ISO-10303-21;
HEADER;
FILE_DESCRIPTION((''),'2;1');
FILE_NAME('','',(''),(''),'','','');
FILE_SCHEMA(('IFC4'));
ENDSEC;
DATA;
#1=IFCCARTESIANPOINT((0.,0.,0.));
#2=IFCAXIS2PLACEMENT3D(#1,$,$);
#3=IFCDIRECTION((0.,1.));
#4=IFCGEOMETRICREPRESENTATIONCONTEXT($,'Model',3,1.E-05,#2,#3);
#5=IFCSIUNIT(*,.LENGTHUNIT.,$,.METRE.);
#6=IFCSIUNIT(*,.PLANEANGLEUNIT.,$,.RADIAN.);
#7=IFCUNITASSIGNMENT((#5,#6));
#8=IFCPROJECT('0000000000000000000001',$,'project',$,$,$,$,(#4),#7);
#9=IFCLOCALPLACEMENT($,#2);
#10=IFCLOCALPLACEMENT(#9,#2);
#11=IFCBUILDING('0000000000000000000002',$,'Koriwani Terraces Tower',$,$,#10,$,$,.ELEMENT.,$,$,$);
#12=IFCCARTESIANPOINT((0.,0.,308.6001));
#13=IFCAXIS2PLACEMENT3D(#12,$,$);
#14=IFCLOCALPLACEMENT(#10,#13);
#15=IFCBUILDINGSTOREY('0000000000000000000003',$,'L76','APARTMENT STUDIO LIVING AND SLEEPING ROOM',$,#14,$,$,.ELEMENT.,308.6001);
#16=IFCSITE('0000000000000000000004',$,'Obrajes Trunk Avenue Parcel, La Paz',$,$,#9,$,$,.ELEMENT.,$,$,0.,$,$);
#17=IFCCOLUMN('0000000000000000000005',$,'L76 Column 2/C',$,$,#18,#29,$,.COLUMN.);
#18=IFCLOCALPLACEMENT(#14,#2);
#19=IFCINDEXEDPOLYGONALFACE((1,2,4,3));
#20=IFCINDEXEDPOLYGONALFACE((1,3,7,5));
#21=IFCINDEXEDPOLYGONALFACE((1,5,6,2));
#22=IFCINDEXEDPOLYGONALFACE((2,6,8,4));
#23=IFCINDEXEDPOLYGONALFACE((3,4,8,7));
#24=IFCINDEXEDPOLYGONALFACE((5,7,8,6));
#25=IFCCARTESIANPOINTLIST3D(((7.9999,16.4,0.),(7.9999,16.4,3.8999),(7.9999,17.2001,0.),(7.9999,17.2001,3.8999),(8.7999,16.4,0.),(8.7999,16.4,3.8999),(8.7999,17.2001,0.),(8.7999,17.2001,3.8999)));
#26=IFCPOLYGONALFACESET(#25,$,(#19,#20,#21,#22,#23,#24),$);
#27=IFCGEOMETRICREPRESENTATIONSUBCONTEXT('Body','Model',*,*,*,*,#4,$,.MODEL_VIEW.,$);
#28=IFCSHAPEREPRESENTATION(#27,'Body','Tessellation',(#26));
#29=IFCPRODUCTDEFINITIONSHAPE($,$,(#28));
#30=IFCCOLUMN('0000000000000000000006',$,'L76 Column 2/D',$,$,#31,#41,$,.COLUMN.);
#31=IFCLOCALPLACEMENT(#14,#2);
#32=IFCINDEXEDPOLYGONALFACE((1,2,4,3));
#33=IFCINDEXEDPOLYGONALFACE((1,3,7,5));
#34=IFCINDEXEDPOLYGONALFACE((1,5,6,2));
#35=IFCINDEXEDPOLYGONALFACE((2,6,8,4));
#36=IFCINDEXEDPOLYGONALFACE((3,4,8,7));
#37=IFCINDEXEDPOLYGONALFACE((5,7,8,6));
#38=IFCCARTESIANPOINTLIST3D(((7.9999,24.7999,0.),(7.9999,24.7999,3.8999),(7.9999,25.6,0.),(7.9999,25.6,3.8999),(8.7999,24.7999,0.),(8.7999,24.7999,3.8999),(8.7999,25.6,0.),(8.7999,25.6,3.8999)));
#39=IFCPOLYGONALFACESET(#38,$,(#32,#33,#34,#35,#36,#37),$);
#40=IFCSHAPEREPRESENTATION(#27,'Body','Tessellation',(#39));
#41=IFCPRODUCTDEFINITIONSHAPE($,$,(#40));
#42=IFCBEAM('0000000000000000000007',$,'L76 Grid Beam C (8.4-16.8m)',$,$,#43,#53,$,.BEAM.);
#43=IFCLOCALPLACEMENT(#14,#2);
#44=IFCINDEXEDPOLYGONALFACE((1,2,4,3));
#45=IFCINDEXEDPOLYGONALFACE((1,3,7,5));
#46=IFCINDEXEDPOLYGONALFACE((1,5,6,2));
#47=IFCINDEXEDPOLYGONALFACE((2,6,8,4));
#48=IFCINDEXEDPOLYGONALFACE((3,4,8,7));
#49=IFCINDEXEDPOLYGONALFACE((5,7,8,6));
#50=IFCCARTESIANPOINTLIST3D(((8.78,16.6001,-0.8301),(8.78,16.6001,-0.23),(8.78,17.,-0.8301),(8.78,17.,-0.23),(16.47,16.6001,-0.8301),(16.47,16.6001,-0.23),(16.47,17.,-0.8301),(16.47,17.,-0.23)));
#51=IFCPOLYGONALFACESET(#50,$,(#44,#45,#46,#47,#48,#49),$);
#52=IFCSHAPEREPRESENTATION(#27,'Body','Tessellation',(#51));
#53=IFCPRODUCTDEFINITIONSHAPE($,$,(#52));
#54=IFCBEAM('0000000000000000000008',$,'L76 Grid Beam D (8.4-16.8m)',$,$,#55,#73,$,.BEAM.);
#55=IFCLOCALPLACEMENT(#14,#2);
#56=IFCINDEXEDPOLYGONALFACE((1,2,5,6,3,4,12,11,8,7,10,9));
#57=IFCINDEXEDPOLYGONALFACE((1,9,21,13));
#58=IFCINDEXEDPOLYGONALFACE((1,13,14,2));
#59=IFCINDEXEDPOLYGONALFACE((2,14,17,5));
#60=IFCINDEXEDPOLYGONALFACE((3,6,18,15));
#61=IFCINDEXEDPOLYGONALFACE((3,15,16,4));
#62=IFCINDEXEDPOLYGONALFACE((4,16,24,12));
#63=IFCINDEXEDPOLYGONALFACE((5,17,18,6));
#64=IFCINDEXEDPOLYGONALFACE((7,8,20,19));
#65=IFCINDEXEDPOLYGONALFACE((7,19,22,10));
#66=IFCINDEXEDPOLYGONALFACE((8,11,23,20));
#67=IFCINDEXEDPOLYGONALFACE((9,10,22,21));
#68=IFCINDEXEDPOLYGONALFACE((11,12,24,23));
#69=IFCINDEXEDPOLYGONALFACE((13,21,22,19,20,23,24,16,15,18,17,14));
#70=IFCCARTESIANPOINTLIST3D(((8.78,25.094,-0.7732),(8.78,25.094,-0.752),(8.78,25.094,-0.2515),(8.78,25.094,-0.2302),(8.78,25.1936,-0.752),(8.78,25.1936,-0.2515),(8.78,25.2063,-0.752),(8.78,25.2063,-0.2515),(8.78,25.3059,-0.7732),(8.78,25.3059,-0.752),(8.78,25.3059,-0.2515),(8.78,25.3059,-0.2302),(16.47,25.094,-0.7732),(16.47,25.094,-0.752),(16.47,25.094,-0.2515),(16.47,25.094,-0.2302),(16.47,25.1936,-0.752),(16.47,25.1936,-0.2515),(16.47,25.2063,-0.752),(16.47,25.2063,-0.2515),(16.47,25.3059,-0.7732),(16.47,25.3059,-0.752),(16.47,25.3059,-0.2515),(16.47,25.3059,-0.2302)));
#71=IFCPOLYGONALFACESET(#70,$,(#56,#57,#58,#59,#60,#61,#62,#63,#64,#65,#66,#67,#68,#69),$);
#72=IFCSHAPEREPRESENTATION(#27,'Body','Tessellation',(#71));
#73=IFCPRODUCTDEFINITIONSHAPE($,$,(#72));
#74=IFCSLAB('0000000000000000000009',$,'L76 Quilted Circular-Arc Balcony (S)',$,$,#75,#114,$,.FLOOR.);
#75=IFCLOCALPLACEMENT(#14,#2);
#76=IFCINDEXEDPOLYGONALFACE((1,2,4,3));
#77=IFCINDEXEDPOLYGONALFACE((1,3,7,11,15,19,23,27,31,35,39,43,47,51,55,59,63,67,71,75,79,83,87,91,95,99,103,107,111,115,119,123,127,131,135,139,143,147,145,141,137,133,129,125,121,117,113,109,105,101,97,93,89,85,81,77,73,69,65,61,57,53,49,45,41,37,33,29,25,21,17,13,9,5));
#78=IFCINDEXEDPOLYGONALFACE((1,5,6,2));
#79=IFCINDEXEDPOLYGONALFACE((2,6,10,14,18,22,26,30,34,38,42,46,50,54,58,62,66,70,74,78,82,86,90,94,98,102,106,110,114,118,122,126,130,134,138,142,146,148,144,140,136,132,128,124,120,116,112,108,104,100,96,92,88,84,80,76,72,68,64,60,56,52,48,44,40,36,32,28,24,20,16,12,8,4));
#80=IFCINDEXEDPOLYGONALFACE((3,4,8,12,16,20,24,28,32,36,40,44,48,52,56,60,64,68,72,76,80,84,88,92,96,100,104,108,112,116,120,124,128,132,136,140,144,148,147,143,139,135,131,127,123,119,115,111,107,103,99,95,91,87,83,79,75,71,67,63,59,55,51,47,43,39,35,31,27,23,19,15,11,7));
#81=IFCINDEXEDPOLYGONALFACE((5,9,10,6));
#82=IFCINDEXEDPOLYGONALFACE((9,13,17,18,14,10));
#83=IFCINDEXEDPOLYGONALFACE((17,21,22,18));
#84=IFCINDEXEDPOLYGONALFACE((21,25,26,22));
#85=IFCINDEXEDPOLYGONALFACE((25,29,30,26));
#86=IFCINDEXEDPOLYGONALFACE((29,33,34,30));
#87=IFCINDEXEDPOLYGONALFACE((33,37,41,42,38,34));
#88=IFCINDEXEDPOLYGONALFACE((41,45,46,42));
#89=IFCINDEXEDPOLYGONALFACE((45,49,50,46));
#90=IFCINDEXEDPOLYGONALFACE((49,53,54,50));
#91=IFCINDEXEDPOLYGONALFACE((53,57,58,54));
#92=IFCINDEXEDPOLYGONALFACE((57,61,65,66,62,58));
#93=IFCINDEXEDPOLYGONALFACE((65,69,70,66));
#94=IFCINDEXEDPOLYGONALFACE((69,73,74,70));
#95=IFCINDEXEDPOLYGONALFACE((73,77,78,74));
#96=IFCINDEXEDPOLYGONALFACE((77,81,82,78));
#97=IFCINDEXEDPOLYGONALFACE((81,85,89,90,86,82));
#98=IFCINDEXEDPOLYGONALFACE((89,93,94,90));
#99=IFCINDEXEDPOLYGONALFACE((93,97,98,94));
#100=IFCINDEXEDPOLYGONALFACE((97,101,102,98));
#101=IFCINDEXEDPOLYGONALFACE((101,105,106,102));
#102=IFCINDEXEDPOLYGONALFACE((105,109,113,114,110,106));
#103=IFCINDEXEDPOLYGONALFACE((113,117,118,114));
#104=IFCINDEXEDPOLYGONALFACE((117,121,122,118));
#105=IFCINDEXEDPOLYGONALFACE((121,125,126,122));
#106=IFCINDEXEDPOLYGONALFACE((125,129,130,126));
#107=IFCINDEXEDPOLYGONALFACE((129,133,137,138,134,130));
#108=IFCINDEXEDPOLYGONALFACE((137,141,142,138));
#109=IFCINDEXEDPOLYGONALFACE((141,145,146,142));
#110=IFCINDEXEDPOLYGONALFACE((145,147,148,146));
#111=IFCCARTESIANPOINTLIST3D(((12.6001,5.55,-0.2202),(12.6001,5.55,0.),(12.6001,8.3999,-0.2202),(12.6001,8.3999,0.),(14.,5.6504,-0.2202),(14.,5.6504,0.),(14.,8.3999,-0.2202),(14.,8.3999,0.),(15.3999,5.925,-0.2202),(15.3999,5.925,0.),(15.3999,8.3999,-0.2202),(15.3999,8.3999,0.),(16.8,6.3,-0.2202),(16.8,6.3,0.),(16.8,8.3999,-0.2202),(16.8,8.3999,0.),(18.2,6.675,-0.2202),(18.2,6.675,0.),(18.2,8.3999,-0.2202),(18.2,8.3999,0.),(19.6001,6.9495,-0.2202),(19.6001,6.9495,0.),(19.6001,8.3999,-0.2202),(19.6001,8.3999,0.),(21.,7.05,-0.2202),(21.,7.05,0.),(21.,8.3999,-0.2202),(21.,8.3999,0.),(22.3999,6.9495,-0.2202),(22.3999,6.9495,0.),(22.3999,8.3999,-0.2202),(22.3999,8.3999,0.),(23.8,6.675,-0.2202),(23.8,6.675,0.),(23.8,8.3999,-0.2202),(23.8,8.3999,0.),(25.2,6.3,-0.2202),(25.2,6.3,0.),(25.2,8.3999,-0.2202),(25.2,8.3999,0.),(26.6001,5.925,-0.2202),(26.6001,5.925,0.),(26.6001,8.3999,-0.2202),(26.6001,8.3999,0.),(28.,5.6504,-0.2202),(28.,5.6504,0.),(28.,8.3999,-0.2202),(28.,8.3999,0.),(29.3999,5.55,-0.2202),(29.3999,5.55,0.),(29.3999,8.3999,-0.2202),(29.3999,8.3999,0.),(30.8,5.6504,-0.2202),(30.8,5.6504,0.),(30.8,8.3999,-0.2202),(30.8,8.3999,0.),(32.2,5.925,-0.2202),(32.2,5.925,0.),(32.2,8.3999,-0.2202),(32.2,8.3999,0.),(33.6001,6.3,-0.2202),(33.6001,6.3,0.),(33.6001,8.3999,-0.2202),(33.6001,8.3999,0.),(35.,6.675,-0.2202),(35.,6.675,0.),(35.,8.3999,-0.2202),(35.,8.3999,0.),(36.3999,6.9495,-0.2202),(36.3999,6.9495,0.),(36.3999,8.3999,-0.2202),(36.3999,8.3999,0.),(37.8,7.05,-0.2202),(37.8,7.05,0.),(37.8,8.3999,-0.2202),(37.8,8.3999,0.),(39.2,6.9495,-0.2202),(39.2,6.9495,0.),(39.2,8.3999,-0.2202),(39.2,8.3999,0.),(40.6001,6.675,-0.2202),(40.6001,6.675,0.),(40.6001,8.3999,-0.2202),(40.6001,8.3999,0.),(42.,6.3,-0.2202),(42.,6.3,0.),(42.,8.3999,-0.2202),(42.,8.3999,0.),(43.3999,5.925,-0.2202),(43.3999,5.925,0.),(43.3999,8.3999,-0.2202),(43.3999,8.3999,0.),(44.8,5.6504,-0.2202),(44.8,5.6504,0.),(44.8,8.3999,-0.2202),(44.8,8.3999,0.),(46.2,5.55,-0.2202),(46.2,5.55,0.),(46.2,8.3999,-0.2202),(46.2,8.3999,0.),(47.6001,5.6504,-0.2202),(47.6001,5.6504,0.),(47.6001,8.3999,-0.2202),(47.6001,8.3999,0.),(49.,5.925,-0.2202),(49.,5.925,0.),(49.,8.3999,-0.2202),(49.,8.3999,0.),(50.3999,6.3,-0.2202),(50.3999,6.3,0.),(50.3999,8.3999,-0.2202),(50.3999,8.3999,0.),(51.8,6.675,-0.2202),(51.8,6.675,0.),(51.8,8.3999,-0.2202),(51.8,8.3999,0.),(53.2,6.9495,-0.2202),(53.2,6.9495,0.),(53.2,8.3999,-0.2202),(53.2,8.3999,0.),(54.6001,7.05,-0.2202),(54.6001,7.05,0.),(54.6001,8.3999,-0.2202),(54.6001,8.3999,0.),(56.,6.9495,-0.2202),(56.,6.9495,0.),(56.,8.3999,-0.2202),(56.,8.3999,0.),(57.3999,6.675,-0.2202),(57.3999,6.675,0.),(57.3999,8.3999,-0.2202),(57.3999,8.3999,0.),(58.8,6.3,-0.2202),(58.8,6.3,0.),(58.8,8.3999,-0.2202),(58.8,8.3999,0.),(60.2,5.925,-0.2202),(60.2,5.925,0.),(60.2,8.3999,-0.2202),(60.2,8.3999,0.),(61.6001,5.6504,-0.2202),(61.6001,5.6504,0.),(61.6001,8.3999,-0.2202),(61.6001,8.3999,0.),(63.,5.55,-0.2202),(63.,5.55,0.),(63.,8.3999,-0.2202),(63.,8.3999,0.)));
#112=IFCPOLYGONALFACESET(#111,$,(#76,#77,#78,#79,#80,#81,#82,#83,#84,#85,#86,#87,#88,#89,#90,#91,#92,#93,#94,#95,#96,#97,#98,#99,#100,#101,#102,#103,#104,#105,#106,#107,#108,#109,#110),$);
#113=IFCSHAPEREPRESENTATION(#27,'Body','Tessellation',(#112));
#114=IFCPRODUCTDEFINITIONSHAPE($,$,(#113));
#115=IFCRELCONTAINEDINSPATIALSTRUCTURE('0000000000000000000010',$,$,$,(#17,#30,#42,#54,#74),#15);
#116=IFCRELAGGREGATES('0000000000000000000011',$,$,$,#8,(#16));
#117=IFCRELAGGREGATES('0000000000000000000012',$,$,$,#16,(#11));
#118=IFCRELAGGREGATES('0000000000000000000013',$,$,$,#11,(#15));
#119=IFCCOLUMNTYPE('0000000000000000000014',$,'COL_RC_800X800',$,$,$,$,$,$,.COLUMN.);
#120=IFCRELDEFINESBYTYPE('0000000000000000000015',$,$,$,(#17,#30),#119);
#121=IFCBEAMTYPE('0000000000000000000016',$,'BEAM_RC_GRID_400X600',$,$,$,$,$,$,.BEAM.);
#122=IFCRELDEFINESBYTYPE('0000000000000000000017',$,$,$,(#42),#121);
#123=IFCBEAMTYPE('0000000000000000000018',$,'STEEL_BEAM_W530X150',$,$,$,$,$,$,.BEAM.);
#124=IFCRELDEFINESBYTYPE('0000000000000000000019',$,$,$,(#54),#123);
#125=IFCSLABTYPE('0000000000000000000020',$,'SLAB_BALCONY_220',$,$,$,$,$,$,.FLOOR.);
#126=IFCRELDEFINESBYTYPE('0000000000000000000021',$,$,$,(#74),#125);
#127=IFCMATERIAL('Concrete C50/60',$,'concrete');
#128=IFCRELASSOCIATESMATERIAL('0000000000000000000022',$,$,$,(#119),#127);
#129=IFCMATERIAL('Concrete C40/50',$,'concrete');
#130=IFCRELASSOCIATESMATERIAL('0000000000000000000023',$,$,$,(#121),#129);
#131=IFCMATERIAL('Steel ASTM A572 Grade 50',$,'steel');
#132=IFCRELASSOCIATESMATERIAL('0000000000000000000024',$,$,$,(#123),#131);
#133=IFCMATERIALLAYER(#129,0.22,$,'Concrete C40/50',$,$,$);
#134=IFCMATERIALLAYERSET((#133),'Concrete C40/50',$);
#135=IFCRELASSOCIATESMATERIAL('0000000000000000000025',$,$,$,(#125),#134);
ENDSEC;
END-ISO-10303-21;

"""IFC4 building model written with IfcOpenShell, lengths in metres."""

from ifc_helpers import new_model, si_unit, direction, frame, origin, origin_2d, place, context, subcontext, project, spatial, polyline, rectangle, i_section, outline, extrude, material, layer, layer_set, material_profile, profile_set, type_object, element, save


model = new_model("IFC4")

# Units and contexts
model_context = context("Model", 3, precision=1e-05, world=origin(), true_north=direction((0.0, 1.0)))
body_context = subcontext(model_context, "Body", "Model", "MODEL_VIEW")
ifc_project = project(units=[si_unit("LENGTHUNIT", "METRE"), si_unit("PLANEANGLEUNIT", "RADIAN")], contexts=[model_context])

# Site, building, storey
site_placement = place(None, origin())
site = spatial("IfcSite", under=ifc_project, at=site_placement, Name="Obrajes Trunk Avenue Parcel, La Paz", CompositionType="ELEMENT", RefElevation=0.0)
building_placement = place(site_placement, origin())
building = spatial("IfcBuilding", under=site, at=building_placement, Name="Koriwani Terraces Tower", CompositionType="ELEMENT")
storey_placement = place(building_placement, frame((0.0, 0.0, 308.6001)))
storey = spatial("IfcBuildingStorey", under=building, at=storey_placement, Name="L76", Description="APARTMENT STUDIO LIVING AND SLEEPING ROOM", CompositionType="ELEMENT", Elevation=308.6001)

# Columns
ifc_material_1 = material(Name="Concrete C50/60", Category="concrete")
ifc_material_profile_1 = material_profile(ifc_material_1, rectangle(XDim=0.8, YDim=0.8, at=origin_2d()), Name="Concrete C50/60", Category="LoadBearing")
ifc_profile_set_1 = profile_set([ifc_material_profile_1], Name="Concrete C50/60")
column_type = type_object("IfcColumnType", Name="COL_RC_800X800", PredefinedType="COLUMN", material=ifc_profile_set_1)
for number, where, z_axis, x_axis, name in (
    (1, (8.3999, 16.8, 0.0), (0.0, 0.0, 1.0), (1.0, 0.0, 0.0), "L76 Column 2/C"),
    (2, (8.3999, 25.2, 0.0), (0.0, 0.0, 1.0), (1.0, 0.0, 0.0), "L76 Column 2/D"),
):
    element("IfcColumn", number, at=place(storey_placement, frame(where, z_axis=z_axis, x_axis=x_axis)), inside=storey, type_object=column_type, Name=name, PredefinedType="COLUMN", context=body_context, shape_type="SweptSolid", body=[
        extrude(rectangle(XDim=0.8, YDim=0.8, at=origin_2d()), origin(), (0.0, 0.0, 1.0), 3.8999),
    ])

# Beams
ifc_material_2 = material(Name="Concrete C40/50", Category="concrete")
ifc_material_profile_2 = material_profile(ifc_material_2, rectangle(XDim=0.3999, YDim=0.6001, at=origin_2d()), Name="Concrete C40/50", Category="LoadBearing")
ifc_profile_set_2 = profile_set([ifc_material_profile_2], Name="Concrete C40/50")
beam_type_1 = type_object("IfcBeamType", Name="BEAM_RC_GRID_400X600", PredefinedType="BEAM", material=ifc_profile_set_2)
beam_1_placement = place(storey_placement, frame((8.78, 16.8, -0.53), z_axis=(1.0, 0.0, 0.0), x_axis=(0.0, 1.0, 0.0)))
element("IfcBeam", 3, at=beam_1_placement, inside=storey, type_object=beam_type_1, Name="L76 Grid Beam C (8.4-16.8m)", PredefinedType="BEAM", context=body_context, shape_type="SweptSolid", body=[
    extrude(rectangle(XDim=0.3999, YDim=0.6001, at=origin_2d()), origin(), (0.0, 0.0, 1.0), 7.6899),
])
ifc_material_3 = material(Name="Steel ASTM A572 Grade 50", Category="steel")
ifc_material_profile_3 = material_profile(ifc_material_3, i_section(OverallWidth=0.2119, OverallDepth=0.543, WebThickness=0.0127, FlangeThickness=0.0212, at=origin_2d()), Name="Steel ASTM A572 Grade 50", Category="LoadBearing")
ifc_profile_set_3 = profile_set([ifc_material_profile_3], Name="Steel ASTM A572 Grade 50")
beam_type_2 = type_object("IfcBeamType", Name="STEEL_BEAM_W530X150", PredefinedType="BEAM", material=ifc_profile_set_3)
beam_2_placement = place(storey_placement, frame((8.78, 25.2, -0.5017), z_axis=(1.0, 0.0, 0.0), x_axis=(0.0, 1.0, 0.0)))
element("IfcBeam", 4, at=beam_2_placement, inside=storey, type_object=beam_type_2, Name="L76 Grid Beam D (8.4-16.8m)", PredefinedType="BEAM", context=body_context, shape_type="SweptSolid", body=[
    extrude(i_section(OverallWidth=0.2119, OverallDepth=0.543, WebThickness=0.0127, FlangeThickness=0.0212, at=origin_2d()), origin(), (0.0, 0.0, 1.0), 7.6899),
])

# Slab
ifc_layer_1 = layer(ifc_material_2, 0.22, Name="Concrete C40/50")
ifc_layer_set_1 = layer_set([ifc_layer_1], Name="Concrete C40/50")
slab_type_1 = type_object("IfcSlabType", Name="SLAB_BALCONY_220", PredefinedType="FLOOR", material=ifc_layer_set_1)
slab_1_placement = place(storey_placement, frame((0.0, 0.0, -0.2202)))
element("IfcSlab", 5, at=slab_1_placement, inside=storey, type_object=slab_type_1, Name="L76 Quilted Circular-Arc Balcony (S)", PredefinedType="FLOOR", context=body_context, shape_type="SweptSolid", body=[
    extrude(outline(polyline([(12.6001, 8.3999), (14.0, 8.3999), (15.3999, 8.3999), (16.8, 8.3999), (18.2, 8.3999), (19.6001, 8.3999), (21.0, 8.3999), (22.3999, 8.3999), (23.8, 8.3999), (25.2, 8.3999), (26.6001, 8.3999), (28.0, 8.3999), (29.3999, 8.3999), (30.8, 8.3999), (32.2, 8.3999), (33.6001, 8.3999), (35.0, 8.3999), (36.3999, 8.3999), (37.8, 8.3999), (39.2, 8.3999), (40.6001, 8.3999), (42.0, 8.3999), (43.3999, 8.3999), (44.8, 8.3999), (46.2, 8.3999), (47.6001, 8.3999), (49.0, 8.3999), (50.3999, 8.3999), (51.8, 8.3999), (53.2, 8.3999), (54.6001, 8.3999), (56.0, 8.3999), (57.3999, 8.3999), (58.8, 8.3999), (60.2, 8.3999), (61.6001, 8.3999), (63.0, 8.3999), (63.0, 5.55), (61.6001, 5.6504), (60.2, 5.925), (58.8, 6.3), (57.3999, 6.675), (56.0, 6.9495), (54.6001, 7.05), (53.2, 6.9495), (51.8, 6.675), (50.3999, 6.3), (49.0, 5.925), (47.6001, 5.6504), (46.2, 5.55), (44.8, 5.6504), (43.3999, 5.925), (42.0, 6.3), (40.6001, 6.675), (39.2, 6.9495), (37.8, 7.05), (36.3999, 6.9495), (35.0, 6.675), (33.6001, 6.3), (32.2, 5.925), (30.8, 5.6504), (29.3999, 5.55), (28.0, 5.6504), (26.6001, 5.925), (25.2, 6.3), (23.8, 6.675), (22.3999, 6.9495), (21.0, 7.05), (19.6001, 6.9495), (18.2, 6.675), (16.8, 6.3), (15.3999, 5.925), (14.0, 5.6504), (12.6001, 5.55), (12.6001, 8.3999)])), origin(), (0.0, 0.0, 1.0), 0.2202),
])

save(model, "model.ifc")
